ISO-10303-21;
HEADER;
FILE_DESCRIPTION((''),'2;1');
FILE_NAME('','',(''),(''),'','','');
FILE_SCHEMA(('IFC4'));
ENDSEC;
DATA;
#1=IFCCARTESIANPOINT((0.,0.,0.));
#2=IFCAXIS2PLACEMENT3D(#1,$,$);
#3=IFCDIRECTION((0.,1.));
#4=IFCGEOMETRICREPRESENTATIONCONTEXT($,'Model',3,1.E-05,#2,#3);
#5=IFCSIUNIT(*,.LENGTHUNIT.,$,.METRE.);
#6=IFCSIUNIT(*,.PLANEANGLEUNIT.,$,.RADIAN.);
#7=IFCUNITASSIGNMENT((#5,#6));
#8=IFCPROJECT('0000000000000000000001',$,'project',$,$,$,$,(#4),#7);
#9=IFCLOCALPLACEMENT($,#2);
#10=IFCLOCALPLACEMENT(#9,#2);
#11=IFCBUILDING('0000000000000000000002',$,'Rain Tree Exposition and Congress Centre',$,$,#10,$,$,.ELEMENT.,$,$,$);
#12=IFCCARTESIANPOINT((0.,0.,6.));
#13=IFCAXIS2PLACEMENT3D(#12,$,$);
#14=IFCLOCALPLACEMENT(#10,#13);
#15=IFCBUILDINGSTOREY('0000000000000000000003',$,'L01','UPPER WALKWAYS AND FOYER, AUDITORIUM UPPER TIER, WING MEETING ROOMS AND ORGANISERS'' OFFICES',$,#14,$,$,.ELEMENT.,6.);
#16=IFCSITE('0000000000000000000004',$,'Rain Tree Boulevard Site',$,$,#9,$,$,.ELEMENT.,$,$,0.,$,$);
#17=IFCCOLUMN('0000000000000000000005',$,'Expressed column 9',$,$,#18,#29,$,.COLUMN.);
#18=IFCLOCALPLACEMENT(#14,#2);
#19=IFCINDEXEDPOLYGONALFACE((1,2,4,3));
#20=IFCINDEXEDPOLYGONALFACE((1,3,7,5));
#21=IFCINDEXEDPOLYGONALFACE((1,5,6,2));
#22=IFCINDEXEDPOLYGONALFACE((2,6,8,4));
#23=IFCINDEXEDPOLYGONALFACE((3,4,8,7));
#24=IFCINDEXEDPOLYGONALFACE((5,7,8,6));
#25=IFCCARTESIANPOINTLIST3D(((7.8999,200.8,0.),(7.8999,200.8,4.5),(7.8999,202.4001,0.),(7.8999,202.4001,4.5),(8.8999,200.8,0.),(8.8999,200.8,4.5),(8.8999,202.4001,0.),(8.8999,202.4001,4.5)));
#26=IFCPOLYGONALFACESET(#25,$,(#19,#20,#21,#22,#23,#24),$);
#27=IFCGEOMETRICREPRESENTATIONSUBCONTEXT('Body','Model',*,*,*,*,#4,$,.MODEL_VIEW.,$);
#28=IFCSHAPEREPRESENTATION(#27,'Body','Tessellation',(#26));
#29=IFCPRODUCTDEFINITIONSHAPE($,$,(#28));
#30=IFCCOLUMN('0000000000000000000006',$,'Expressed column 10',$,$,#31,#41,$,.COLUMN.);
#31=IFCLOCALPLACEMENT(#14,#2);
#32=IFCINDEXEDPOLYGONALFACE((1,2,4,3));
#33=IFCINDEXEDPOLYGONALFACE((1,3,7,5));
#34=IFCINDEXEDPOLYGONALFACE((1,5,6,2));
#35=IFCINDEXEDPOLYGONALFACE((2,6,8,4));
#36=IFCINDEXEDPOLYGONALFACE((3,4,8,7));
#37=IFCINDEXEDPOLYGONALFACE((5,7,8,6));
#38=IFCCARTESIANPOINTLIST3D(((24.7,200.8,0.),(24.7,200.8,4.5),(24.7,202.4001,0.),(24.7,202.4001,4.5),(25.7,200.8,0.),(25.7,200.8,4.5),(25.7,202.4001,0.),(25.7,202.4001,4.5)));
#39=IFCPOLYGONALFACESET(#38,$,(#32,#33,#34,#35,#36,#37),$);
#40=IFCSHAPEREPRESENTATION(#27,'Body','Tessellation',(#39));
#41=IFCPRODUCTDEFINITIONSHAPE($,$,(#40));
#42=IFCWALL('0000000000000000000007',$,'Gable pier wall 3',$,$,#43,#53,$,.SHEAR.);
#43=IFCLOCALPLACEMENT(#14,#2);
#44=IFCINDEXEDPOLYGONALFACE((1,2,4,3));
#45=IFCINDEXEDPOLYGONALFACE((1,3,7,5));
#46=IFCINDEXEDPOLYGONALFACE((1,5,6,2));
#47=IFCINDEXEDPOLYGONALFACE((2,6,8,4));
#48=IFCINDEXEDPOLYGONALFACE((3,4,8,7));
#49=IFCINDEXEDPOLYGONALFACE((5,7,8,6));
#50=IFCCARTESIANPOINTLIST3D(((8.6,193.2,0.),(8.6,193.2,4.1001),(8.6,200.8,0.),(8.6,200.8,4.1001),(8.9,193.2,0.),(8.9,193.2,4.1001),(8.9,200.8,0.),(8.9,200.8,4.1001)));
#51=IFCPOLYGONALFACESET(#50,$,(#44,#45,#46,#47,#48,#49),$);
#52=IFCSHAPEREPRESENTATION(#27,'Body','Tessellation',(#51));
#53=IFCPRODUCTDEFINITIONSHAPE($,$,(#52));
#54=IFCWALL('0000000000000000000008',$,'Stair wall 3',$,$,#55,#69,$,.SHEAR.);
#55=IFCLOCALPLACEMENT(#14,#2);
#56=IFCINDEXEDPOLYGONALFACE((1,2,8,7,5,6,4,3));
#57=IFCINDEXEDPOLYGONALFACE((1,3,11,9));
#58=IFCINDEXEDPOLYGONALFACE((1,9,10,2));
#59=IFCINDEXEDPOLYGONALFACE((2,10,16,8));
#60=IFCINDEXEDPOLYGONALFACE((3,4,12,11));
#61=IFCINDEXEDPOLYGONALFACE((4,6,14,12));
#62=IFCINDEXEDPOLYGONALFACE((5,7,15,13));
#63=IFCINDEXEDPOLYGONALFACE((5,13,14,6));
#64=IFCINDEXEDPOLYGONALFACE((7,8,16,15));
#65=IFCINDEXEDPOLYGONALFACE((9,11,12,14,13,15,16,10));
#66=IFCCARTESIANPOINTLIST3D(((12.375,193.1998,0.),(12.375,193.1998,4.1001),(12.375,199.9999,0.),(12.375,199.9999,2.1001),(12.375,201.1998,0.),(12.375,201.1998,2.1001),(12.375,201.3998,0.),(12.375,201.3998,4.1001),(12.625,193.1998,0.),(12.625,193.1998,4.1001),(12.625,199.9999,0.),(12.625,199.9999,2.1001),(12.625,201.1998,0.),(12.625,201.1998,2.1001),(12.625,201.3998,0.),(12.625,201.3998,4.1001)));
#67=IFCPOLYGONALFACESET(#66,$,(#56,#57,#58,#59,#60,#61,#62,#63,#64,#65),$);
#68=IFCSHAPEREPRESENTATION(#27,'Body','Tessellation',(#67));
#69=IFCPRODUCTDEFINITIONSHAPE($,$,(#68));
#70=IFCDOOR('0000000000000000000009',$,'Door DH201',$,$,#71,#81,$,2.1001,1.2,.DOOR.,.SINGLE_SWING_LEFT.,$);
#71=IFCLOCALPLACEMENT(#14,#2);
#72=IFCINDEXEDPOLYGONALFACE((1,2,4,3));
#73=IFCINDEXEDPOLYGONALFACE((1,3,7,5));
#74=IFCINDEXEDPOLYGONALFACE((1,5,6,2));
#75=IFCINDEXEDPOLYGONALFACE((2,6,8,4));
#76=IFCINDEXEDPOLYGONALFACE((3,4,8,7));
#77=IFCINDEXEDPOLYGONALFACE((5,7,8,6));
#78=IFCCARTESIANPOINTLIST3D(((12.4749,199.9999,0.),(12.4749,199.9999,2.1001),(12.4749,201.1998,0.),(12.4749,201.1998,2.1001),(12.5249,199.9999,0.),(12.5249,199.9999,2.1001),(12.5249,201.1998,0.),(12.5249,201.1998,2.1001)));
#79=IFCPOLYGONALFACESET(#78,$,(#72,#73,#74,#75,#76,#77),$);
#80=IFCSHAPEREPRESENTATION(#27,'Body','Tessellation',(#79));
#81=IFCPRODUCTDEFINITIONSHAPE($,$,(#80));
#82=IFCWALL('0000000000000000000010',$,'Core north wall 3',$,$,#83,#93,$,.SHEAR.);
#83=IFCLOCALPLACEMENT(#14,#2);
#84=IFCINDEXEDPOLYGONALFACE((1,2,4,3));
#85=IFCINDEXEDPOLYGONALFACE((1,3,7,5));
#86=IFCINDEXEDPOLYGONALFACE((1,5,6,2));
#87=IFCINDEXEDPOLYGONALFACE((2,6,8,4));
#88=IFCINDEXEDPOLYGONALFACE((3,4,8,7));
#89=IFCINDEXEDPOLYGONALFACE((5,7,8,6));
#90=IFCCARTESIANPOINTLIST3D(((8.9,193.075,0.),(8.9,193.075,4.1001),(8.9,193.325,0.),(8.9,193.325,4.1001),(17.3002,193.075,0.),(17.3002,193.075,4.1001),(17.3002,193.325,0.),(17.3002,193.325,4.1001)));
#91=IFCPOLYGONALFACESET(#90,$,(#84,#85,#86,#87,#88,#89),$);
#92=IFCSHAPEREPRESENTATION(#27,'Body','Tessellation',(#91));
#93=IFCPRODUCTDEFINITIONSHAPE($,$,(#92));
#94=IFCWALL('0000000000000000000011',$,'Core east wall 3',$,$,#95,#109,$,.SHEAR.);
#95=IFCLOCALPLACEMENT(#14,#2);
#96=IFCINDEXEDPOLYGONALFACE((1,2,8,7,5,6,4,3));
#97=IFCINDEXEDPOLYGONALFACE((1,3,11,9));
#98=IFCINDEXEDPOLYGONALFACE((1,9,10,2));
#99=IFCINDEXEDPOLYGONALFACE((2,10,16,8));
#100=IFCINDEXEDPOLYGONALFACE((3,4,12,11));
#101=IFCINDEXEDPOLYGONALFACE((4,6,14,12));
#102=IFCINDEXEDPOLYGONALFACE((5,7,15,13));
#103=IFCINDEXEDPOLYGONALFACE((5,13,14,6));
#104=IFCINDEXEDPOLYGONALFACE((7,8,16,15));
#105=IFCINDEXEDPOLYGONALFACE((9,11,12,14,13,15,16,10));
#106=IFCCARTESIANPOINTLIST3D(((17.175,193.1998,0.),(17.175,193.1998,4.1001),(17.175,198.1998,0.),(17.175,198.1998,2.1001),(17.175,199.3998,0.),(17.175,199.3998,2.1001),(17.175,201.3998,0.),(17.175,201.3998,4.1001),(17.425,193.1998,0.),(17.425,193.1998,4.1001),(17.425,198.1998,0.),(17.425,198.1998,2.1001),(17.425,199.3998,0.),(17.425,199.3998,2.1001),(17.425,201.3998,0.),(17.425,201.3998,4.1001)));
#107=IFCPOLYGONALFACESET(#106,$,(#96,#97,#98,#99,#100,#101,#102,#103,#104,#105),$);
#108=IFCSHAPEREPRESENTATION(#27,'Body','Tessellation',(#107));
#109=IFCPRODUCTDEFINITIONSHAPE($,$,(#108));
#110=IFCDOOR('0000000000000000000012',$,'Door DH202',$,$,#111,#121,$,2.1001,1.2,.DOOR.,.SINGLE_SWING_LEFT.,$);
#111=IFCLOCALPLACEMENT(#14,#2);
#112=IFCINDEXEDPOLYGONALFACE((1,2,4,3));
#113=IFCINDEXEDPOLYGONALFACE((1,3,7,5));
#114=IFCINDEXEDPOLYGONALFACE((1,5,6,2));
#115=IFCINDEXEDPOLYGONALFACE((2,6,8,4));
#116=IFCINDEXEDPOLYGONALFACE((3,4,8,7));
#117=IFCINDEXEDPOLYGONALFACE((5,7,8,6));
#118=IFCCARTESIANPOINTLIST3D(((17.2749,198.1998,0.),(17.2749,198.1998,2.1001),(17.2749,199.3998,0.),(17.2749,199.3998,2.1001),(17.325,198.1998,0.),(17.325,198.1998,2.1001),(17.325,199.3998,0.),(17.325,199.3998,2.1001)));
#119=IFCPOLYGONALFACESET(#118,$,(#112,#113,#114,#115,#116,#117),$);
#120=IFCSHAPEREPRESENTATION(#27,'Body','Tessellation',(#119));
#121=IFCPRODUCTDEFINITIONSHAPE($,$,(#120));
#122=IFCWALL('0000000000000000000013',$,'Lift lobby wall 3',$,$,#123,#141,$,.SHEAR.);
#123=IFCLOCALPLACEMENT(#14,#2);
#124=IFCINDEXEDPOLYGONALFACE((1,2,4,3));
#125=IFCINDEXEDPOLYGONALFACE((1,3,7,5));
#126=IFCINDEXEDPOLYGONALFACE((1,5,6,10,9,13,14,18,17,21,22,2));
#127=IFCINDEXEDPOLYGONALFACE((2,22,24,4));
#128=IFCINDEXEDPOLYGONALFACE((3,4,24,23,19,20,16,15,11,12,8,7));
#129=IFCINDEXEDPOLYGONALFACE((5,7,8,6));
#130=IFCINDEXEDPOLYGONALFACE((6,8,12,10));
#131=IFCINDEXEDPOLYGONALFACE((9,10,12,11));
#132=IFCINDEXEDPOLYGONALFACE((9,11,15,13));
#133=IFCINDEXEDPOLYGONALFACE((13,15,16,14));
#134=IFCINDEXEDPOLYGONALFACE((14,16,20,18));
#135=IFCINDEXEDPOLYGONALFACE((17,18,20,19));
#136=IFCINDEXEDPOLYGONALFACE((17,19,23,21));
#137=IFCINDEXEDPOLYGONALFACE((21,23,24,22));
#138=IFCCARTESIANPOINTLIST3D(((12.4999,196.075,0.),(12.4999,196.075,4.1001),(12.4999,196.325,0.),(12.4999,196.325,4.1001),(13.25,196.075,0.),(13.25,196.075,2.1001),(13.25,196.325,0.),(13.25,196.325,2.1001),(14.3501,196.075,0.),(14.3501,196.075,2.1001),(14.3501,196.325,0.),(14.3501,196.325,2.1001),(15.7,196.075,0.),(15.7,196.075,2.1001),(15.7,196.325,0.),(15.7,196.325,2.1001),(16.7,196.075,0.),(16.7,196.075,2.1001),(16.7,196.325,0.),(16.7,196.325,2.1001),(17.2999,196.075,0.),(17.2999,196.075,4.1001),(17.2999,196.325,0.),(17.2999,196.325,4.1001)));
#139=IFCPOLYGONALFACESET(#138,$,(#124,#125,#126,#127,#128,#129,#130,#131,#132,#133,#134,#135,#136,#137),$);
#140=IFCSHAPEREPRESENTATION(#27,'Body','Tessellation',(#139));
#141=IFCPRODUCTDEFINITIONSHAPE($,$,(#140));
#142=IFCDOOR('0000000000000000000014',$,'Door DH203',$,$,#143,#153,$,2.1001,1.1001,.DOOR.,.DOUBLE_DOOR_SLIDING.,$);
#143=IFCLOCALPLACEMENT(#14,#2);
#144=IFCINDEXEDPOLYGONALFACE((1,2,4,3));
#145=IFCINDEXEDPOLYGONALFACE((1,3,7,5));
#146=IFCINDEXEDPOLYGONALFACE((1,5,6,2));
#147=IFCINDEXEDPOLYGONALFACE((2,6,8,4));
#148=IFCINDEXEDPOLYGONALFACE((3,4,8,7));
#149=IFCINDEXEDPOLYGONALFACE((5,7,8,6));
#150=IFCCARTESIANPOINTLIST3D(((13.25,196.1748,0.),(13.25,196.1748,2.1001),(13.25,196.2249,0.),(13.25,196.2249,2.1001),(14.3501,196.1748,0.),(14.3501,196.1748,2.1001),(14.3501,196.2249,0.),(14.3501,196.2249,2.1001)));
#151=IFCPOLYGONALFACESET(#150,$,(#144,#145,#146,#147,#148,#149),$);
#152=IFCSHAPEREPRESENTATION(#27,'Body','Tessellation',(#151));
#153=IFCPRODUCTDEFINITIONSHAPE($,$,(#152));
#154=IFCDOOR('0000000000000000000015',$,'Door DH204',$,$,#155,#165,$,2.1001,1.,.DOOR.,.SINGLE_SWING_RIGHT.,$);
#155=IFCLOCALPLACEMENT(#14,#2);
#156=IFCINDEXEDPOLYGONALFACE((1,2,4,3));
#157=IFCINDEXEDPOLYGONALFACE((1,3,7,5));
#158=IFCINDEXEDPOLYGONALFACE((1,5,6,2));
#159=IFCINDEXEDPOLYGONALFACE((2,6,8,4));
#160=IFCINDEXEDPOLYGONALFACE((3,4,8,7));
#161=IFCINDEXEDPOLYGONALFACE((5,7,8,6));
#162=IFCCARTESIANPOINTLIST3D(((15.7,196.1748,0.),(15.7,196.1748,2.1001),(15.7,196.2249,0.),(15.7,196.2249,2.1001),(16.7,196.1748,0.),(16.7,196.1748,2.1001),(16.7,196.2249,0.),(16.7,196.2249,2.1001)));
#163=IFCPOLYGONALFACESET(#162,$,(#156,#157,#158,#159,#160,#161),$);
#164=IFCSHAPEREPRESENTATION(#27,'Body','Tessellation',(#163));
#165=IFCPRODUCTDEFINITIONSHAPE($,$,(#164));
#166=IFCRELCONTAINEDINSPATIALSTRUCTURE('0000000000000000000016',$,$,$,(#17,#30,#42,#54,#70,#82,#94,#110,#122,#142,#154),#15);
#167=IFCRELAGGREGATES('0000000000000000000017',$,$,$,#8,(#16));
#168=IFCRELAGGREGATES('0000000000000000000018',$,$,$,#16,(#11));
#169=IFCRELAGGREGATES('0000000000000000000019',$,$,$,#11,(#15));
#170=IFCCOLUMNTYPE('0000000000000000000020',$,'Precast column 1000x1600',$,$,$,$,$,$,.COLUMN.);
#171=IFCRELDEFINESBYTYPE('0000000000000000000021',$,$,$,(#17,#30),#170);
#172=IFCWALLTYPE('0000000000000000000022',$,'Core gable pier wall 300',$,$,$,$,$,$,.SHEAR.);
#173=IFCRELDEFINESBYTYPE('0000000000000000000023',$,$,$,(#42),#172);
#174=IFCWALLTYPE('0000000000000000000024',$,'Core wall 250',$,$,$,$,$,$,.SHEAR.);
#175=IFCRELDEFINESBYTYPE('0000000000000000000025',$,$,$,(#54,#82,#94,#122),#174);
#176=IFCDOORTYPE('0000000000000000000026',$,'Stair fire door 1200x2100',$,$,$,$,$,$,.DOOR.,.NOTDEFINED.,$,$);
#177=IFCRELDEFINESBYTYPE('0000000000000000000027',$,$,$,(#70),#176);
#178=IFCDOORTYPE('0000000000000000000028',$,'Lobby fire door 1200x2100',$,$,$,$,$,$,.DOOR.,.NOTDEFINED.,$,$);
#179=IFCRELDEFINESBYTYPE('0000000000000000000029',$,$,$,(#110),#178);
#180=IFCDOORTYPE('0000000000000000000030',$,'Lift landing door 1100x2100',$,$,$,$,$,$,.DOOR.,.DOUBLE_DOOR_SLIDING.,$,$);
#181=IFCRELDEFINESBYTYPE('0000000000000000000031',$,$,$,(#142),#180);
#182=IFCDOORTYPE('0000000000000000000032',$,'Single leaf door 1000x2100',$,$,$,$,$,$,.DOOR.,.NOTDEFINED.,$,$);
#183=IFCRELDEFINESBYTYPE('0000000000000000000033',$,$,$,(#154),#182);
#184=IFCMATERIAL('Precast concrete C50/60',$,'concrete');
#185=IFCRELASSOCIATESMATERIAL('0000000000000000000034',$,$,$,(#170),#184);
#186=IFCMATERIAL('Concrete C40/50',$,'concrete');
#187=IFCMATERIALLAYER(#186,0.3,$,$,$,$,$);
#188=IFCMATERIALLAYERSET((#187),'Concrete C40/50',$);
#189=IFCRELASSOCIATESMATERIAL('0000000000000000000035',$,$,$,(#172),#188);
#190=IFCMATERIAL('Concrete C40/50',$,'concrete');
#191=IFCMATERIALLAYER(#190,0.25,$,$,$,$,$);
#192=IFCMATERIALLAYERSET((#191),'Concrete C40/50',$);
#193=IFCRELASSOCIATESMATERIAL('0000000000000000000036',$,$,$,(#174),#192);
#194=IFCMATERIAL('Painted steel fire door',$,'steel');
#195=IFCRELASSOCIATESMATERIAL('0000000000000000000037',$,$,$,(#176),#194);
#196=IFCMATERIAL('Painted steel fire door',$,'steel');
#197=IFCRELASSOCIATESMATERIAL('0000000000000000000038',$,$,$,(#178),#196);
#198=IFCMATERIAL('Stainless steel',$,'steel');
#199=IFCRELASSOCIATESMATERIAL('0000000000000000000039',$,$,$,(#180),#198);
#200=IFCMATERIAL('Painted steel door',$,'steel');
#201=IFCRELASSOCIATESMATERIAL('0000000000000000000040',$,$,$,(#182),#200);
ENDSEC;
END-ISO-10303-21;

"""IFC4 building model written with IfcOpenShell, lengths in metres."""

from ifc_helpers import new_model, si_unit, direction, frame, frame_2d, origin, origin_2d, place, context, subcontext, project, spatial, rectangle, extrude, material, layer, layer_set, material_profile, profile_set, type_object, element, fill, save


model = new_model("IFC4")

# Units and contexts
model_context = context("Model", 3, precision=1e-05, world=origin(), true_north=direction((0.0, 1.0)))
body_context = subcontext(model_context, "Body", "Model", "MODEL_VIEW")
ifc_project = project(units=[si_unit("LENGTHUNIT", "METRE"), si_unit("PLANEANGLEUNIT", "RADIAN")], contexts=[model_context])

# Site, building, storey
site_placement = place(None, origin())
site = spatial("IfcSite", under=ifc_project, at=site_placement, Name="Rain Tree Boulevard Site", CompositionType="ELEMENT", RefElevation=0.0)
building_placement = place(site_placement, origin())
building = spatial("IfcBuilding", under=site, at=building_placement, Name="Rain Tree Exposition and Congress Centre", CompositionType="ELEMENT")
storey_placement = place(building_placement, frame((0.0, 0.0, 6.0)))
storey = spatial("IfcBuildingStorey", under=building, at=storey_placement, Name="L01", Description="UPPER WALKWAYS AND FOYER, AUDITORIUM UPPER TIER, WING MEETING ROOMS AND ORGANISERS' OFFICES", CompositionType="ELEMENT", Elevation=6.0)

# Columns
ifc_material_1 = material(Name="Precast concrete C50/60", Category="concrete")
ifc_material_profile = material_profile(ifc_material_1, rectangle(XDim=1.0, YDim=1.6001, at=origin_2d()), Name="RC 1000x1600")
ifc_profile_set = profile_set([ifc_material_profile], Name="Precast concrete C50/60")
column_type = type_object("IfcColumnType", Name="Precast column 1000x1600", PredefinedType="COLUMN", material=ifc_profile_set)
for number, where, z_axis, x_axis, name in (
    (1, (8.3999, 201.6001, 0.0), (0.0, 0.0, 1.0), (1.0, 0.0, 0.0), "Expressed column 9"),
    (2, (25.2, 201.6001, 0.0), (0.0, 0.0, 1.0), (1.0, 0.0, 0.0), "Expressed column 10"),
):
    element("IfcColumn", number, at=place(storey_placement, frame(where, z_axis=z_axis, x_axis=x_axis)), inside=storey, type_object=column_type, Name=name, PredefinedType="COLUMN", context=body_context, shape_type="SweptSolid", body=[
        extrude(rectangle(XDim=1.0, YDim=1.6001, at=origin_2d()), origin(), (0.0, 0.0, 1.0), 4.5),
    ])

# Wall
ifc_material_2 = material(Name="Concrete C40/50", Category="concrete")
ifc_layer_1 = layer(ifc_material_2, 0.3)
ifc_layer_set_1 = layer_set([ifc_layer_1], Name="Concrete C40/50")
wall_type_1 = type_object("IfcWallType", Name="Core gable pier wall 300", PredefinedType="SHEAR", material=ifc_layer_set_1)
wall_1_placement = place(storey_placement, frame((8.75, 200.8, 0.0), z_axis=(0.0, 0.0, 1.0), x_axis=(0.0, -1.0, 0.0)))
element("IfcWall", 3, at=wall_1_placement, inside=storey, type_object=wall_type_1, Name="Gable pier wall 3", PredefinedType="SHEAR", context=body_context, shape_type="SweptSolid", body=[
    extrude(rectangle(XDim=7.6001, YDim=0.3, at=frame_2d((3.8, 0.0))), origin(), (0.0, 0.0, 1.0), 4.1001),
])

# Wall, opening, door
ifc_material_3 = material(Name="Concrete C40/50", Category="concrete")
ifc_layer_2 = layer(ifc_material_3, 0.25)
ifc_layer_set_2 = layer_set([ifc_layer_2], Name="Concrete C40/50")
wall_type_2 = type_object("IfcWallType", Name="Core wall 250", PredefinedType="SHEAR", material=ifc_layer_set_2)
wall_2_placement = place(storey_placement, frame((12.5, 201.3999, 0.0), z_axis=(0.0, 0.0, 1.0), x_axis=(0.0, -1.0, 0.0)))
wall_2 = element("IfcWall", 4, at=wall_2_placement, inside=storey, type_object=wall_type_2, Name="Stair wall 3", PredefinedType="SHEAR", context=body_context, shape_type="SweptSolid", body=[
    extrude(rectangle(XDim=8.2, YDim=0.25, at=frame_2d((4.1001, 0.0))), origin(), (0.0, 0.0, 1.0), 4.1001),
])
opening_1_placement = place(wall_2_placement, frame((0.2, 0.0, 0.0)))
opening_1 = element("IfcOpeningElement", 5, at=opening_1_placement, cuts=wall_2, PredefinedType="OPENING", context=body_context, shape_type="SweptSolid", body=[
    extrude(rectangle(XDim=1.2, YDim=2.1001, at=frame_2d((0.6001, 1.05))), frame((0.0, 0.125, 0.0), z_axis=(0.0, -1.0, 0.0), x_axis=(1.0, 0.0, 0.0)), (0.0, 0.0, 1.0), 0.25),
])
ifc_material_4 = material(Name="Painted steel fire door", Category="steel")
door_type_1 = type_object("IfcDoorType", Name="Stair fire door 1200x2100", OperationType="NOTDEFINED", PredefinedType="DOOR", material=ifc_material_4)
door_1_placement = place(opening_1_placement, origin())
door_1 = element("IfcDoor", 6, at=door_1_placement, inside=storey, type_object=door_type_1, Name="Door DH201", OperationType="SINGLE_SWING_LEFT", OverallHeight=2.1001, OverallWidth=1.2, PredefinedType="DOOR", context=body_context, shape_type="SweptSolid", body=[
    extrude(rectangle(XDim=1.2, YDim=2.1001, at=frame_2d((0.6001, 1.05))), frame((0.0, 0.0249, 0.0), z_axis=(0.0, -1.0, 0.0), x_axis=(1.0, 0.0, 0.0)), (0.0, 0.0, 1.0), 0.05),
])
fill(opening_1, door_1)

# Wall
wall_3_placement = place(storey_placement, frame((8.8999, 193.2, 0.0), z_axis=(0.0, 0.0, 1.0), x_axis=(1.0, 0.0, 0.0)))
element("IfcWall", 7, at=wall_3_placement, inside=storey, type_object=wall_type_2, Name="Core north wall 3", PredefinedType="SHEAR", context=body_context, shape_type="SweptSolid", body=[
    extrude(rectangle(XDim=8.4001, YDim=0.25, at=frame_2d((4.2002, 0.0))), origin(), (0.0, 0.0, 1.0), 4.1001),
])

# Wall, opening, door
wall_4_placement = place(storey_placement, frame((17.3, 201.3999, 0.0), z_axis=(0.0, 0.0, 1.0), x_axis=(0.0, -1.0, 0.0)))
wall_4 = element("IfcWall", 8, at=wall_4_placement, inside=storey, type_object=wall_type_2, Name="Core east wall 3", PredefinedType="SHEAR", context=body_context, shape_type="SweptSolid", body=[
    extrude(rectangle(XDim=8.2, YDim=0.25, at=frame_2d((4.1001, 0.0))), origin(), (0.0, 0.0, 1.0), 4.1001),
])
opening_2_placement = place(wall_4_placement, frame((2.0, 0.0, 0.0)))
opening_2 = element("IfcOpeningElement", 9, at=opening_2_placement, cuts=wall_4, PredefinedType="OPENING", context=body_context, shape_type="SweptSolid", body=[
    extrude(rectangle(XDim=1.2, YDim=2.1001, at=frame_2d((0.6001, 1.05))), frame((0.0, 0.125, 0.0), z_axis=(0.0, -1.0, 0.0), x_axis=(1.0, 0.0, 0.0)), (0.0, 0.0, 1.0), 0.25),
])
ifc_material_5 = material(Name="Painted steel fire door", Category="steel")
door_type_2 = type_object("IfcDoorType", Name="Lobby fire door 1200x2100", OperationType="NOTDEFINED", PredefinedType="DOOR", material=ifc_material_5)
door_2_placement = place(opening_2_placement, origin())
door_2 = element("IfcDoor", 10, at=door_2_placement, inside=storey, type_object=door_type_2, Name="Door DH202", OperationType="SINGLE_SWING_LEFT", OverallHeight=2.1001, OverallWidth=1.2, PredefinedType="DOOR", context=body_context, shape_type="SweptSolid", body=[
    extrude(rectangle(XDim=1.2, YDim=2.1001, at=frame_2d((0.6001, 1.05))), frame((0.0, 0.0249, 0.0), z_axis=(0.0, -1.0, 0.0), x_axis=(1.0, 0.0, 0.0)), (0.0, 0.0, 1.0), 0.05),
])
fill(opening_2, door_2)

# Wall, openings, doors
wall_5_placement = place(storey_placement, frame((12.5, 196.2, 0.0), z_axis=(0.0, 0.0, 1.0), x_axis=(1.0, 0.0, 0.0)))
wall_5 = element("IfcWall", 11, at=wall_5_placement, inside=storey, type_object=wall_type_2, Name="Lift lobby wall 3", PredefinedType="SHEAR", context=body_context, shape_type="SweptSolid", body=[
    extrude(rectangle(XDim=4.8, YDim=0.25, at=frame_2d((2.3999, 0.0))), origin(), (0.0, 0.0, 1.0), 4.1001),
])
opening_3_placement = place(wall_5_placement, frame((0.75, 0.0, 0.0)))
opening_3 = element("IfcOpeningElement", 12, at=opening_3_placement, cuts=wall_5, PredefinedType="OPENING", context=body_context, shape_type="SweptSolid", body=[
    extrude(rectangle(XDim=1.1001, YDim=2.1001, at=frame_2d((0.55, 1.05))), frame((0.0, 0.125, 0.0), z_axis=(0.0, -1.0, 0.0), x_axis=(1.0, 0.0, 0.0)), (0.0, 0.0, 1.0), 0.25),
])
opening_4_placement = place(wall_5_placement, frame((3.2, 0.0, 0.0)))
opening_4 = element("IfcOpeningElement", 13, at=opening_4_placement, cuts=wall_5, PredefinedType="OPENING", context=body_context, shape_type="SweptSolid", body=[
    extrude(rectangle(XDim=1.0, YDim=2.1001, at=frame_2d((0.5, 1.05))), frame((0.0, 0.125, 0.0), z_axis=(0.0, -1.0, 0.0), x_axis=(1.0, 0.0, 0.0)), (0.0, 0.0, 1.0), 0.25),
])
ifc_material_6 = material(Name="Stainless steel", Category="steel")
door_type_3 = type_object("IfcDoorType", Name="Lift landing door 1100x2100", OperationType="DOUBLE_DOOR_SLIDING", PredefinedType="DOOR", material=ifc_material_6)
door_3_placement = place(opening_3_placement, origin())
door_3 = element("IfcDoor", 14, at=door_3_placement, inside=storey, type_object=door_type_3, Name="Door DH203", OperationType="DOUBLE_DOOR_SLIDING", OverallHeight=2.1001, OverallWidth=1.1001, PredefinedType="DOOR", context=body_context, shape_type="SweptSolid", body=[
    extrude(rectangle(XDim=1.1001, YDim=2.1001, at=frame_2d((0.55, 1.05))), frame((0.0, 0.0249, 0.0), z_axis=(0.0, -1.0, 0.0), x_axis=(1.0, 0.0, 0.0)), (0.0, 0.0, 1.0), 0.05),
])
fill(opening_3, door_3)
ifc_material_7 = material(Name="Painted steel door", Category="steel")
door_type_4 = type_object("IfcDoorType", Name="Single leaf door 1000x2100", OperationType="NOTDEFINED", PredefinedType="DOOR", material=ifc_material_7)
door_4_placement = place(opening_4_placement, origin())
door_4 = element("IfcDoor", 15, at=door_4_placement, inside=storey, type_object=door_type_4, Name="Door DH204", OperationType="SINGLE_SWING_RIGHT", OverallHeight=2.1001, OverallWidth=1.0, PredefinedType="DOOR", context=body_context, shape_type="SweptSolid", body=[
    extrude(rectangle(XDim=1.0, YDim=2.1001, at=frame_2d((0.5, 1.05))), frame((0.0, 0.0249, 0.0), z_axis=(0.0, -1.0, 0.0), x_axis=(1.0, 0.0, 0.0)), (0.0, 0.0, 1.0), 0.05),
])
fill(opening_4, door_4)

save(model, "model.ifc")
